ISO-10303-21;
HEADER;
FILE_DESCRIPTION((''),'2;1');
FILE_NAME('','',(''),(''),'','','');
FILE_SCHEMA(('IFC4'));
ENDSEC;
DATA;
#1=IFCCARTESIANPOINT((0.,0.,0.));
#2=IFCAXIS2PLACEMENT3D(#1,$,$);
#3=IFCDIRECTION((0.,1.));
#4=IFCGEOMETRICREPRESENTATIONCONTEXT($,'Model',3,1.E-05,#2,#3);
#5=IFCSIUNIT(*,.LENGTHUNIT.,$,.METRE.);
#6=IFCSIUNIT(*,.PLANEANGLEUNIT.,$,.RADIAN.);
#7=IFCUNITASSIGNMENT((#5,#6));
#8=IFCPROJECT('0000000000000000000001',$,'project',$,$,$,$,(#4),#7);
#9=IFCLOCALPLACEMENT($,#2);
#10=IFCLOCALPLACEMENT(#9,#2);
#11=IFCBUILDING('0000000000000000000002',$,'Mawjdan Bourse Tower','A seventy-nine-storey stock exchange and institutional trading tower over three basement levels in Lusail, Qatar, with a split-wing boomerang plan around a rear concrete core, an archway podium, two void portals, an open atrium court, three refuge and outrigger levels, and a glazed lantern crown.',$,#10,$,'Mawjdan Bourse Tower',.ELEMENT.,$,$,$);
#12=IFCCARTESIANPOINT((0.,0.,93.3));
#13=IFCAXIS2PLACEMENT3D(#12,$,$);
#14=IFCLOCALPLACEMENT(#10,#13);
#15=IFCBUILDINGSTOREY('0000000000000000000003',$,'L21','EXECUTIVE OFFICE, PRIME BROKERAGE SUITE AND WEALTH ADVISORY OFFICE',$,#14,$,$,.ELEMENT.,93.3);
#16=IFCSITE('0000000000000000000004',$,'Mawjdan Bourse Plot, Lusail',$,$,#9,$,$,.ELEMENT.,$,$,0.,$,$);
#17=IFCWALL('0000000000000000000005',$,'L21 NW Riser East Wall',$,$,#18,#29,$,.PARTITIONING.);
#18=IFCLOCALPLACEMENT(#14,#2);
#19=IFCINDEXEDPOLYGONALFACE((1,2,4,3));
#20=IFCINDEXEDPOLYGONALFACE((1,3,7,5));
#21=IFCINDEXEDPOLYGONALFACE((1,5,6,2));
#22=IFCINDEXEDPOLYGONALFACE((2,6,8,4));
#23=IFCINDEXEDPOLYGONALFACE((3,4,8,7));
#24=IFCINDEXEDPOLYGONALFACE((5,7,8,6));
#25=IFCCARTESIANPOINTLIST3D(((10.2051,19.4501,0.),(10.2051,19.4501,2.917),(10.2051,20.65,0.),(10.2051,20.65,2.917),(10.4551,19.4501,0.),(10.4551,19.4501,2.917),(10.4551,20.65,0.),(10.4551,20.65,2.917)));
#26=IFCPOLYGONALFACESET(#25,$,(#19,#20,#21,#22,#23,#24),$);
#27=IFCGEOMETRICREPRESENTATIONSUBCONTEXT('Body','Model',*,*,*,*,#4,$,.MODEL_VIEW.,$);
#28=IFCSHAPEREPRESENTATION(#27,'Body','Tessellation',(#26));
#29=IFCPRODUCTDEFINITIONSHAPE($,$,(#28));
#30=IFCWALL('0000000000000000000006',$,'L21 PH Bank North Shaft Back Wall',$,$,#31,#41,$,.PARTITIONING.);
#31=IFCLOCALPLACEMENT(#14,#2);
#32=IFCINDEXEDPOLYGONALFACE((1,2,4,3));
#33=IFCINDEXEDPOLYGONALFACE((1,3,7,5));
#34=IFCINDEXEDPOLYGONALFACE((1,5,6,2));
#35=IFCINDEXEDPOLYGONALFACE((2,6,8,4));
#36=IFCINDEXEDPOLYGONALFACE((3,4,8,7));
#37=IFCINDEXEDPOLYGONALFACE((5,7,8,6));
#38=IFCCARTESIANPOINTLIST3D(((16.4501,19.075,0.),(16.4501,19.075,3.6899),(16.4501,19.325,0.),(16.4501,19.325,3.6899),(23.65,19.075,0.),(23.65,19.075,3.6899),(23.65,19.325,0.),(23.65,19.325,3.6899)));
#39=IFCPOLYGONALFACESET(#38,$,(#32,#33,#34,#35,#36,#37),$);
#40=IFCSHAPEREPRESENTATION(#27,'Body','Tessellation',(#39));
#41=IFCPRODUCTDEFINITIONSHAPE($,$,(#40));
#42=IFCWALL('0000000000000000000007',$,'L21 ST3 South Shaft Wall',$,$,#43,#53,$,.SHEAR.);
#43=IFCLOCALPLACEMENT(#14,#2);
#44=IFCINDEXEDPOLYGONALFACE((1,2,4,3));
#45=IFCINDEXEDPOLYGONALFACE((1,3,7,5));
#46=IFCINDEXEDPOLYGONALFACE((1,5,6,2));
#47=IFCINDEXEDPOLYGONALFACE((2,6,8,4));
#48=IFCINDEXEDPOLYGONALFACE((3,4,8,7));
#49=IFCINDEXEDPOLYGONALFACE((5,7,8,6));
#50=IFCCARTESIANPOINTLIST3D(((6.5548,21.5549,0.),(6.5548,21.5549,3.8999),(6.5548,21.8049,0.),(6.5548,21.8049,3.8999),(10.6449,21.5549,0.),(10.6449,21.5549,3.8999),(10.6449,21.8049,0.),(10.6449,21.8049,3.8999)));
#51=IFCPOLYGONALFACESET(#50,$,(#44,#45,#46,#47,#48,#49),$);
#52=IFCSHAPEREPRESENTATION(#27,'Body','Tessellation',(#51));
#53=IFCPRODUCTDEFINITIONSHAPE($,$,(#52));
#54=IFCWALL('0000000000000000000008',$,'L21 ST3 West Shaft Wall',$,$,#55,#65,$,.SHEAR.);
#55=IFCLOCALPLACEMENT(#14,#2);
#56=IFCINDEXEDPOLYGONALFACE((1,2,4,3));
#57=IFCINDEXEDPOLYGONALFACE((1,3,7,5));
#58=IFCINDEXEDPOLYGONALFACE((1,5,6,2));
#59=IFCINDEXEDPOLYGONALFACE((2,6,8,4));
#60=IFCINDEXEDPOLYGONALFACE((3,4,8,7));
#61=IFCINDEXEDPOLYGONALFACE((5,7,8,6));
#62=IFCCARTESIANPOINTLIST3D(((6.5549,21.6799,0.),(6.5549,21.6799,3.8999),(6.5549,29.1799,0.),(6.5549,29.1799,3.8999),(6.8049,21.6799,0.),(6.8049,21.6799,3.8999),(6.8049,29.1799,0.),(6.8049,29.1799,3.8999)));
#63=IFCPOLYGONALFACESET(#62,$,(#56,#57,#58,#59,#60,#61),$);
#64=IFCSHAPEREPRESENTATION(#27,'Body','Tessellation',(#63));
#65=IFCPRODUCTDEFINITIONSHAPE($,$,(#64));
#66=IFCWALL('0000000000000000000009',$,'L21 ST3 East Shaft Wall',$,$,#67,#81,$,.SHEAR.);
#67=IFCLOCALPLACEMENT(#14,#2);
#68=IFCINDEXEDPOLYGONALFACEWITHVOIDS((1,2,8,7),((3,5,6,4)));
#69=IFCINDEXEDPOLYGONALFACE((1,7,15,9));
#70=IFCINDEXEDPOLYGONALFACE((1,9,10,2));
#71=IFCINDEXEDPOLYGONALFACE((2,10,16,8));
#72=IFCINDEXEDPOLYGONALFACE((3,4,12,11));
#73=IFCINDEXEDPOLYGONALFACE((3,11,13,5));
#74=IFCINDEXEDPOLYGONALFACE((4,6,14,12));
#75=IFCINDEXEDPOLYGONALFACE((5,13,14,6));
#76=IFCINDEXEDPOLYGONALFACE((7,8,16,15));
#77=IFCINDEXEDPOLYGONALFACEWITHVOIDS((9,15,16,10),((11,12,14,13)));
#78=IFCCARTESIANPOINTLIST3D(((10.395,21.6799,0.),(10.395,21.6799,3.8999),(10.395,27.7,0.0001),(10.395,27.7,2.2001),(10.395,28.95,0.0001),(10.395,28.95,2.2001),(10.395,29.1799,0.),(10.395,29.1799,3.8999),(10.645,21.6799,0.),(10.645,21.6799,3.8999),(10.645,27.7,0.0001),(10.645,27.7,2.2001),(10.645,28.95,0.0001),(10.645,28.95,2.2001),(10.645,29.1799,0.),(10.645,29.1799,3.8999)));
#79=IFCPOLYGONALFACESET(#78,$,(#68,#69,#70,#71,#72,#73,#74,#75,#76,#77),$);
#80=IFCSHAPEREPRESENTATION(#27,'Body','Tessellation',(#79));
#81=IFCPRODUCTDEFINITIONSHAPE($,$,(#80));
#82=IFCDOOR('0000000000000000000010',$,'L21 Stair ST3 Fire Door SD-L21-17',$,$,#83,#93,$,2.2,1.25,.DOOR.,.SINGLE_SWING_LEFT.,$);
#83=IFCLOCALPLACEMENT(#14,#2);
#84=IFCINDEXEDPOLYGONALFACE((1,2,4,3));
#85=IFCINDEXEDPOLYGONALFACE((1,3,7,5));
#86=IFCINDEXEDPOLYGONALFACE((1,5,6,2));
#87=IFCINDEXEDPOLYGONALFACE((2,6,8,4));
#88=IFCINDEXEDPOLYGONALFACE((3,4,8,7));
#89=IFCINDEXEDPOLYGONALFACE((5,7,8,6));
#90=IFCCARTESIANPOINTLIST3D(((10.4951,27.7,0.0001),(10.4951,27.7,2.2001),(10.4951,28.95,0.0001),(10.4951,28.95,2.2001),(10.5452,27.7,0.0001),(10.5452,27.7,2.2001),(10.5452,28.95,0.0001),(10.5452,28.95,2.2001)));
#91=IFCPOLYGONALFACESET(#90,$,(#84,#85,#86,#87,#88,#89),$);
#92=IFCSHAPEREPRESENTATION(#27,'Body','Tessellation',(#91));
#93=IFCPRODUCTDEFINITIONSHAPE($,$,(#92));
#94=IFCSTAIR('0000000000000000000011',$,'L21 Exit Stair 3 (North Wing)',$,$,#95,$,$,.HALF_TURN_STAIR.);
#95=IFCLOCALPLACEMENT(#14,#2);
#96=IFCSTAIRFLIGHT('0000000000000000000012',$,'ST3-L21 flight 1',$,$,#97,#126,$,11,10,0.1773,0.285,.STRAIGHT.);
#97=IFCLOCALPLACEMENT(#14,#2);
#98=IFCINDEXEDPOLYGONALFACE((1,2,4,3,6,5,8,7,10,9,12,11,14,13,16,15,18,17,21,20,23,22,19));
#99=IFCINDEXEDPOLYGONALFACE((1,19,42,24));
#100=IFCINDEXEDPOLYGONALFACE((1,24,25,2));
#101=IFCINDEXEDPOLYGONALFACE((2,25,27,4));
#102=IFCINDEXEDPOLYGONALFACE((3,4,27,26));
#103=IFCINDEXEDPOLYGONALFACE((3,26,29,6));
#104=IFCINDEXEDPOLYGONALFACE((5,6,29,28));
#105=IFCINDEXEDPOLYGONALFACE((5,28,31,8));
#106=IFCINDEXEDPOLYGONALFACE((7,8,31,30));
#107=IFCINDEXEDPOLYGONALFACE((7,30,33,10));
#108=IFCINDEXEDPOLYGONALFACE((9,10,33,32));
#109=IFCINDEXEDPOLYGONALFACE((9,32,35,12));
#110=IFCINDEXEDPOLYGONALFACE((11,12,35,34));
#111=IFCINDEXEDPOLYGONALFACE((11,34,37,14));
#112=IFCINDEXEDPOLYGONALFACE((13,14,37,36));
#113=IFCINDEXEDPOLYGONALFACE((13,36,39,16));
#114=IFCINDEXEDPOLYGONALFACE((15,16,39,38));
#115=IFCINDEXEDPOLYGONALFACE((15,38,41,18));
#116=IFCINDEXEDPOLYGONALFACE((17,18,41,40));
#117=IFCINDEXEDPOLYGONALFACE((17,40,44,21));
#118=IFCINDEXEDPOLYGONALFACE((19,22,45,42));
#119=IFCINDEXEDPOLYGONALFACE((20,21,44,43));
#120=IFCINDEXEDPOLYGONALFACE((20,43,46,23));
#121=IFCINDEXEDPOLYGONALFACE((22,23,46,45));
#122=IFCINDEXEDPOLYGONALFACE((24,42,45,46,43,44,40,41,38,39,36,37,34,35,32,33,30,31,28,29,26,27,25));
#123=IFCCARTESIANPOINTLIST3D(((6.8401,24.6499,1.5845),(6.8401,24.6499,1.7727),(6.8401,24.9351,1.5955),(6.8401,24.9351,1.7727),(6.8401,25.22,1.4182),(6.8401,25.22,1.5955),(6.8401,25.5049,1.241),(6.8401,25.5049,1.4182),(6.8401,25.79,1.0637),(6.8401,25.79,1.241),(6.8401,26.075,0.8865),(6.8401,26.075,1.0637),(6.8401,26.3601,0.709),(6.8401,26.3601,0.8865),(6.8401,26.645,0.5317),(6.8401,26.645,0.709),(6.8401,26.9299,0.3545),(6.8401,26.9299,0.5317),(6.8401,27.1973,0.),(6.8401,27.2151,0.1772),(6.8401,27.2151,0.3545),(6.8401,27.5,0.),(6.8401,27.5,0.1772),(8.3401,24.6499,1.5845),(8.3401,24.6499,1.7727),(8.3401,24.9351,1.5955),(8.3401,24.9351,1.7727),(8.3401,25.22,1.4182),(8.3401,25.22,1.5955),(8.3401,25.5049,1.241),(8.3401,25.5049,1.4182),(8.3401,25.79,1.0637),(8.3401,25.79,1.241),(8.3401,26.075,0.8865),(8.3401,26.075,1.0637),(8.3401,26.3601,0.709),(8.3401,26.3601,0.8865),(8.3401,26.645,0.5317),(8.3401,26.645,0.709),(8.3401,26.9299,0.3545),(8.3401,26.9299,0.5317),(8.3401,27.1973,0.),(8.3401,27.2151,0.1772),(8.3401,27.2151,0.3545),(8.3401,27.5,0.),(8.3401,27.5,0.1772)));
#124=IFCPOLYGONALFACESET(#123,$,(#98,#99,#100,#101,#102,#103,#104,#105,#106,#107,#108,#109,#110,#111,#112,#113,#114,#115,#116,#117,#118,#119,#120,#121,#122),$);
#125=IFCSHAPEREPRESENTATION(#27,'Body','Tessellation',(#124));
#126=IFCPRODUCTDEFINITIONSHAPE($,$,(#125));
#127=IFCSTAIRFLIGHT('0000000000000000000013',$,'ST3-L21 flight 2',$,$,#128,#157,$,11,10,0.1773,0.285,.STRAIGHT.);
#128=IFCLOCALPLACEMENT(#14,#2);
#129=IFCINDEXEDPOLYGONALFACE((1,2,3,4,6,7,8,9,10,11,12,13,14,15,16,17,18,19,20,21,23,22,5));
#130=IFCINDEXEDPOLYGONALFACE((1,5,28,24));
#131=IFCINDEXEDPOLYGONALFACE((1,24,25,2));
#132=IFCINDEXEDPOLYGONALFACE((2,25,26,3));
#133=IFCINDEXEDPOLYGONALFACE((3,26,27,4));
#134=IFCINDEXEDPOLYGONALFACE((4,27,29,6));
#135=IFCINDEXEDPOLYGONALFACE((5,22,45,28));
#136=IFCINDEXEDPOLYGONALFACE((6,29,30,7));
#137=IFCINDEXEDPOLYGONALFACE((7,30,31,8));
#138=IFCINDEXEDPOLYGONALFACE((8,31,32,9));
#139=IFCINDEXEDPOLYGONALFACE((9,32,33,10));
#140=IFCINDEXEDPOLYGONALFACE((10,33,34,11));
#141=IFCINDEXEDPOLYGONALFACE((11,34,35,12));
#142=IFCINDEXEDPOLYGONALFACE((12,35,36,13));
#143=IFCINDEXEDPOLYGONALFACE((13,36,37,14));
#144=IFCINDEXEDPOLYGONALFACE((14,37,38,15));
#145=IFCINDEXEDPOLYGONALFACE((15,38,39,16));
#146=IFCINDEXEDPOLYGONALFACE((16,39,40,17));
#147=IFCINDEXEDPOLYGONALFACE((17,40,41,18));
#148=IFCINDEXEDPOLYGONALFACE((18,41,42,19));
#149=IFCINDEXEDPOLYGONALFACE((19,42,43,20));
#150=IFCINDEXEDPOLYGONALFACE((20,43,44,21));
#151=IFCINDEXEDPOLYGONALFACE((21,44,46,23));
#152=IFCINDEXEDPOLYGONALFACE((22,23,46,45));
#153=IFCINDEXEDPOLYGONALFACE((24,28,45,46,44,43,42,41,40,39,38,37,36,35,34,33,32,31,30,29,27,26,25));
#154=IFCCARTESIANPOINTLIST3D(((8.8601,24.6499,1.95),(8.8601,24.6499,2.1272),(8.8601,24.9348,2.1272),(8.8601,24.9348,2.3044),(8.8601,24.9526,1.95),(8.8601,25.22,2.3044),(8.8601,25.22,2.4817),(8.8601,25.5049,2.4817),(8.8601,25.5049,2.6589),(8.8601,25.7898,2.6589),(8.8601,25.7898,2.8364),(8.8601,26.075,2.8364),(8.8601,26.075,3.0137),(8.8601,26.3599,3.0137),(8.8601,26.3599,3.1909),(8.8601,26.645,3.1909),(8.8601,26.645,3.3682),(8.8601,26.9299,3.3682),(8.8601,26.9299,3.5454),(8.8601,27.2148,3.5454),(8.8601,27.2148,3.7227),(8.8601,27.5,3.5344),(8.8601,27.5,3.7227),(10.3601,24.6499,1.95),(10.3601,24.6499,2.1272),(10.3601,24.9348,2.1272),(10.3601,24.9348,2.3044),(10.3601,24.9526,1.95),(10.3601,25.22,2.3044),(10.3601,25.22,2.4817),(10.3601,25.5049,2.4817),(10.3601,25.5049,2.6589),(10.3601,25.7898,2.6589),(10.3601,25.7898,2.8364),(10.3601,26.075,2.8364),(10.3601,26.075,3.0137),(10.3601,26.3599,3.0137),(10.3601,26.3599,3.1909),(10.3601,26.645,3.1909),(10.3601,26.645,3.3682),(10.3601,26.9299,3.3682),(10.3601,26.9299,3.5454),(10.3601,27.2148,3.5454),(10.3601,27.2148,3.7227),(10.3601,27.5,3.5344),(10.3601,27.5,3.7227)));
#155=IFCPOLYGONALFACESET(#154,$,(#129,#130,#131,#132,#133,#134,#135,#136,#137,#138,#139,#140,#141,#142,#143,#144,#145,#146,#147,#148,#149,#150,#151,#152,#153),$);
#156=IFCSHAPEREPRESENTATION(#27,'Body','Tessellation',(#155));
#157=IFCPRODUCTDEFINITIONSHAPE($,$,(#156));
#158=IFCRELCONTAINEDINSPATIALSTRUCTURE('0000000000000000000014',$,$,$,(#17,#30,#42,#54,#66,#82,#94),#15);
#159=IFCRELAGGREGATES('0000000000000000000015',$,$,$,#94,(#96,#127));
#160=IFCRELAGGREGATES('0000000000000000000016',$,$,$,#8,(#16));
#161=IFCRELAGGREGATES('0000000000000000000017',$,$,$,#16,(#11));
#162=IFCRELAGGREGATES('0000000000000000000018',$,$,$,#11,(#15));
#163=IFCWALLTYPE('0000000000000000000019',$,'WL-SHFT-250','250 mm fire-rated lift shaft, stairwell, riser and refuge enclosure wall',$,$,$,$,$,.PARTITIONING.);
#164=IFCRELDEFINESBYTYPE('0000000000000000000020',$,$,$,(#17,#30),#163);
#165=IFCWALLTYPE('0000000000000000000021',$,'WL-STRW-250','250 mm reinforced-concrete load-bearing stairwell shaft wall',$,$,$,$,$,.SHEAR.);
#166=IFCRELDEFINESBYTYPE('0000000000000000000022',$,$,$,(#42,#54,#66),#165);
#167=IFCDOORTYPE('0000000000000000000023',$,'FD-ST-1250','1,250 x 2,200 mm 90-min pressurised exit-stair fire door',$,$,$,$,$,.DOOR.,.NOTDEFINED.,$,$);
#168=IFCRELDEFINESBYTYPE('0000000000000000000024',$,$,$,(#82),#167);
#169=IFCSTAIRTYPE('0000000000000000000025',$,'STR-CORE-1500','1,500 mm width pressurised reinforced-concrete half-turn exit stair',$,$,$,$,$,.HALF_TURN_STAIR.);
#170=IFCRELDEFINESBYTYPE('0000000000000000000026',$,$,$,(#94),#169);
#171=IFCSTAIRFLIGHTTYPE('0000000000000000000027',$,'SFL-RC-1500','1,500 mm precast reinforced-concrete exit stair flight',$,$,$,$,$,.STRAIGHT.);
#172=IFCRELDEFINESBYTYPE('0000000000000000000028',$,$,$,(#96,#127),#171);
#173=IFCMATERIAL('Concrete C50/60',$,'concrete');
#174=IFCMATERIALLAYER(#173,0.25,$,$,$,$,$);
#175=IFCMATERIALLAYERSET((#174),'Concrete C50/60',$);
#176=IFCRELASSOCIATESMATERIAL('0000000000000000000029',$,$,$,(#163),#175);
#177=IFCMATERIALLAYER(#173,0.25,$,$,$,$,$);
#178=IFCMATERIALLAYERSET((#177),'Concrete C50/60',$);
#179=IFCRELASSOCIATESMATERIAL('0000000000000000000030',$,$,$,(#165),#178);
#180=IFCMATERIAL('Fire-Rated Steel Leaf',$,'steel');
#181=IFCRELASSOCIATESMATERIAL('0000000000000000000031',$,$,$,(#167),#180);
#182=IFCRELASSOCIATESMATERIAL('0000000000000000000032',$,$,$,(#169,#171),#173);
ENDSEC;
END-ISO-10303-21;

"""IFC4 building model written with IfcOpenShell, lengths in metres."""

from ifc_helpers import new_model, si_unit, direction, frame, frame_2d, origin, place, context, subcontext, project, spatial, polyline, rectangle, outline, extrude, material, layer, layer_set, type_object, element, fill, aggregate, save


model = new_model("IFC4")

# Units and contexts
model_context = context("Model", 3, precision=1e-05, world=origin(), true_north=direction((0.0, 1.0)))
body_context = subcontext(model_context, "Body", "Model", "MODEL_VIEW")
ifc_project = project(units=[si_unit("LENGTHUNIT", "METRE"), si_unit("PLANEANGLEUNIT", "RADIAN")], contexts=[model_context])

# Site, building, storey
site_placement = place(None, origin())
site = spatial("IfcSite", under=ifc_project, at=site_placement, Name="Mawjdan Bourse Plot, Lusail", CompositionType="ELEMENT", RefElevation=0.0)
building_placement = place(site_placement, origin())
building = spatial("IfcBuilding", under=site, at=building_placement, Name="Mawjdan Bourse Tower", Description="A seventy-nine-storey stock exchange and institutional trading tower over three basement levels in Lusail, Qatar, with a split-wing boomerang plan around a rear concrete core, an archway podium, two void portals, an open atrium court, three refuge and outrigger levels, and a glazed lantern crown.", LongName="Mawjdan Bourse Tower", CompositionType="ELEMENT")
storey_placement = place(building_placement, frame((0.0, 0.0, 93.3)))
storey = spatial("IfcBuildingStorey", under=building, at=storey_placement, Name="L21", Description="EXECUTIVE OFFICE, PRIME BROKERAGE SUITE AND WEALTH ADVISORY OFFICE", CompositionType="ELEMENT", Elevation=93.3)

# Walls
ifc_material_1 = material(Name="Concrete C50/60", Category="concrete")
ifc_layer_1 = layer(ifc_material_1, 0.25)
ifc_layer_set_1 = layer_set([ifc_layer_1], Name="Concrete C50/60")
wall_type_1 = type_object("IfcWallType", Name="WL-SHFT-250", Description="250 mm fire-rated lift shaft, stairwell, riser and refuge enclosure wall", PredefinedType="PARTITIONING", material=ifc_layer_set_1)
wall_1_placement = place(storey_placement, frame((10.3301, 19.45, 0.0), z_axis=(0.0, 0.0, 1.0), x_axis=(0.0, 1.0, 0.0)))
element("IfcWall", 1, at=wall_1_placement, inside=storey, type_object=wall_type_1, Name="L21 NW Riser East Wall", PredefinedType="PARTITIONING", context=body_context, shape_type="SweptSolid", body=[
    extrude(rectangle(XDim=1.2, YDim=0.25, at=frame_2d((0.6001, 0.0))), origin(), (0.0, 0.0, 1.0), 2.917),
])
wall_2_placement = place(storey_placement, frame((16.45, 19.2, 0.0), z_axis=(0.0, 0.0, 1.0), x_axis=(1.0, 0.0, 0.0)))
element("IfcWall", 2, at=wall_2_placement, inside=storey, type_object=wall_type_1, Name="L21 PH Bank North Shaft Back Wall", PredefinedType="PARTITIONING", context=body_context, shape_type="SweptSolid", body=[
    extrude(rectangle(XDim=7.2, YDim=0.25, at=frame_2d((3.6001, 0.0))), origin(), (0.0, 0.0, 1.0), 3.6899),
])
ifc_layer_2 = layer(ifc_material_1, 0.25)
ifc_layer_set_2 = layer_set([ifc_layer_2], Name="Concrete C50/60")
wall_type_2 = type_object("IfcWallType", Name="WL-STRW-250", Description="250 mm reinforced-concrete load-bearing stairwell shaft wall", PredefinedType="SHEAR", material=ifc_layer_set_2)
wall_3_placement = place(storey_placement, frame((6.5549, 21.6799, 0.0), z_axis=(0.0, 0.0, 1.0), x_axis=(1.0, 0.0, 0.0)))
element("IfcWall", 3, at=wall_3_placement, inside=storey, type_object=wall_type_2, Name="L21 ST3 South Shaft Wall", PredefinedType="SHEAR", context=body_context, shape_type="SweptSolid", body=[
    extrude(rectangle(XDim=4.0901, YDim=0.25, at=frame_2d((2.0449, 0.0))), origin(), (0.0, 0.0, 1.0), 3.8999),
])
wall_4_placement = place(storey_placement, frame((6.6799, 21.6799, 0.0), z_axis=(0.0, 0.0, 1.0), x_axis=(0.0, 1.0, 0.0)))
element("IfcWall", 4, at=wall_4_placement, inside=storey, type_object=wall_type_2, Name="L21 ST3 West Shaft Wall", PredefinedType="SHEAR", context=body_context, shape_type="SweptSolid", body=[
    extrude(rectangle(XDim=7.5, YDim=0.25, at=frame_2d((3.75, 0.0))), origin(), (0.0, 0.0, 1.0), 3.8999),
])

# Wall, opening, door
wall_5_placement = place(storey_placement, frame((10.52, 21.6799, 0.0), z_axis=(0.0, 0.0, 1.0), x_axis=(0.0, 1.0, 0.0)))
wall_5 = element("IfcWall", 5, at=wall_5_placement, inside=storey, type_object=wall_type_2, Name="L21 ST3 East Shaft Wall", PredefinedType="SHEAR", context=body_context, shape_type="SweptSolid", body=[
    extrude(rectangle(XDim=7.5, YDim=0.25, at=frame_2d((3.75, 0.0))), origin(), (0.0, 0.0, 1.0), 3.8999),
])
opening_1_placement = place(wall_5_placement, frame((6.02, 0.0, 0.0)))
opening_1 = element("IfcOpeningElement", 6, at=opening_1_placement, cuts=wall_5, PredefinedType="OPENING", context=body_context, shape_type="SweptSolid", body=[
    extrude(rectangle(XDim=1.25, YDim=2.2, at=frame_2d((0.625, 1.1001))), frame((0.0, 0.135, 0.0), z_axis=(0.0, -1.0, 0.0), x_axis=(1.0, 0.0, 0.0)), (0.0, 0.0, 1.0), 0.27),
])
ifc_material_2 = material(Name="Fire-Rated Steel Leaf", Category="steel")
door_type_1 = type_object("IfcDoorType", Name="FD-ST-1250", Description="1,250 x 2,200 mm 90-min pressurised exit-stair fire door", OperationType="NOTDEFINED", PredefinedType="DOOR", material=ifc_material_2)
door_1_placement = place(opening_1_placement, origin())
door_1 = element("IfcDoor", 7, at=door_1_placement, inside=storey, type_object=door_type_1, Name="L21 Stair ST3 Fire Door SD-L21-17", OperationType="SINGLE_SWING_LEFT", OverallHeight=2.2, OverallWidth=1.25, PredefinedType="DOOR", context=body_context, shape_type="SweptSolid", body=[
    extrude(rectangle(XDim=1.25, YDim=2.2, at=frame_2d((0.625, 1.1001))), frame((0.0, 0.0249, 0.0), z_axis=(0.0, -1.0, 0.0), x_axis=(1.0, 0.0, 0.0)), (0.0, 0.0, 1.0), 0.05),
])
fill(opening_1, door_1)

# Stair, stair flights
stair_type = type_object("IfcStairType", Name="STR-CORE-1500", Description="1,500 mm width pressurised reinforced-concrete half-turn exit stair", PredefinedType="HALF_TURN_STAIR", material=ifc_material_1)
stair_placement = place(storey_placement, origin())
stair = element("IfcStair", 8, at=stair_placement, inside=storey, type_object=stair_type, Name="L21 Exit Stair 3 (North Wing)", PredefinedType="HALF_TURN_STAIR")
stair_flight_type = type_object("IfcStairFlightType", Name="SFL-RC-1500", Description="1,500 mm precast reinforced-concrete exit stair flight", PredefinedType="STRAIGHT", material=ifc_material_1)
stair_flight_1_placement = place(storey_placement, frame((7.5901, 27.5, 0.0), z_axis=(0.0, 0.0, 1.0), x_axis=(0.0, -1.0, 0.0)))
stair_flight_1 = element("IfcStairFlight", 9, at=stair_flight_1_placement, type_object=stair_flight_type, Name="ST3-L21 flight 1", NumberOfRisers=11, NumberOfTreads=10, PredefinedType="STRAIGHT", RiserHeight=0.1773, TreadLength=0.285, context=body_context, shape_type="SweptSolid", body=[
    extrude(outline(polyline([(0.0, 0.0), (0.0, 0.1772), (0.2849, 0.1772), (0.2849, 0.3545), (0.5701, 0.3545), (0.5701, 0.5317), (0.855, 0.5317), (0.855, 0.709), (1.1399, 0.709), (1.1399, 0.8865), (1.425, 0.8865), (1.425, 1.0637), (1.71, 1.0637), (1.71, 1.241), (1.9951, 1.241), (1.9951, 1.4182), (2.28, 1.4182), (2.28, 1.5955), (2.5649, 1.5955), (2.5649, 1.7727), (2.8501, 1.7727), (2.8501, 1.95), (2.8501, 1.5845), (0.3027, 0.0), (0.0, 0.0)])), frame((0.0, 0.75, 0.0), z_axis=(0.0, -1.0, 0.0), x_axis=(1.0, 0.0, 0.0)), (0.0, 0.0, 1.0), 1.5),
])
stair_flight_2_placement = place(storey_placement, frame((9.6101, 24.6499, 1.95), z_axis=(0.0, 0.0, 1.0), x_axis=(0.0, 1.0, 0.0)))
stair_flight_2 = element("IfcStairFlight", 10, at=stair_flight_2_placement, type_object=stair_flight_type, Name="ST3-L21 flight 2", NumberOfRisers=11, NumberOfTreads=10, PredefinedType="STRAIGHT", RiserHeight=0.1773, TreadLength=0.285, context=body_context, shape_type="SweptSolid", body=[
    extrude(outline(polyline([(0.0, 0.0), (0.0, 0.1772), (0.2849, 0.1772), (0.2849, 0.3545), (0.5701, 0.3545), (0.5701, 0.5317), (0.855, 0.5317), (0.855, 0.709), (1.1399, 0.709), (1.1399, 0.8865), (1.425, 0.8865), (1.425, 1.0637), (1.71, 1.0637), (1.71, 1.241), (1.9951, 1.241), (1.9951, 1.4182), (2.28, 1.4182), (2.28, 1.5955), (2.5649, 1.5955), (2.5649, 1.7727), (2.8501, 1.7727), (2.8501, 1.95), (2.8501, 1.5845), (0.3027, 0.0), (0.0, 0.0)])), frame((0.0, 0.75, 0.0), z_axis=(0.0, -1.0, 0.0), x_axis=(1.0, 0.0, 0.0)), (0.0, 0.0, 1.0), 1.5),
])
aggregate(stair, [stair_flight_1, stair_flight_2])

save(model, "model.ifc")
